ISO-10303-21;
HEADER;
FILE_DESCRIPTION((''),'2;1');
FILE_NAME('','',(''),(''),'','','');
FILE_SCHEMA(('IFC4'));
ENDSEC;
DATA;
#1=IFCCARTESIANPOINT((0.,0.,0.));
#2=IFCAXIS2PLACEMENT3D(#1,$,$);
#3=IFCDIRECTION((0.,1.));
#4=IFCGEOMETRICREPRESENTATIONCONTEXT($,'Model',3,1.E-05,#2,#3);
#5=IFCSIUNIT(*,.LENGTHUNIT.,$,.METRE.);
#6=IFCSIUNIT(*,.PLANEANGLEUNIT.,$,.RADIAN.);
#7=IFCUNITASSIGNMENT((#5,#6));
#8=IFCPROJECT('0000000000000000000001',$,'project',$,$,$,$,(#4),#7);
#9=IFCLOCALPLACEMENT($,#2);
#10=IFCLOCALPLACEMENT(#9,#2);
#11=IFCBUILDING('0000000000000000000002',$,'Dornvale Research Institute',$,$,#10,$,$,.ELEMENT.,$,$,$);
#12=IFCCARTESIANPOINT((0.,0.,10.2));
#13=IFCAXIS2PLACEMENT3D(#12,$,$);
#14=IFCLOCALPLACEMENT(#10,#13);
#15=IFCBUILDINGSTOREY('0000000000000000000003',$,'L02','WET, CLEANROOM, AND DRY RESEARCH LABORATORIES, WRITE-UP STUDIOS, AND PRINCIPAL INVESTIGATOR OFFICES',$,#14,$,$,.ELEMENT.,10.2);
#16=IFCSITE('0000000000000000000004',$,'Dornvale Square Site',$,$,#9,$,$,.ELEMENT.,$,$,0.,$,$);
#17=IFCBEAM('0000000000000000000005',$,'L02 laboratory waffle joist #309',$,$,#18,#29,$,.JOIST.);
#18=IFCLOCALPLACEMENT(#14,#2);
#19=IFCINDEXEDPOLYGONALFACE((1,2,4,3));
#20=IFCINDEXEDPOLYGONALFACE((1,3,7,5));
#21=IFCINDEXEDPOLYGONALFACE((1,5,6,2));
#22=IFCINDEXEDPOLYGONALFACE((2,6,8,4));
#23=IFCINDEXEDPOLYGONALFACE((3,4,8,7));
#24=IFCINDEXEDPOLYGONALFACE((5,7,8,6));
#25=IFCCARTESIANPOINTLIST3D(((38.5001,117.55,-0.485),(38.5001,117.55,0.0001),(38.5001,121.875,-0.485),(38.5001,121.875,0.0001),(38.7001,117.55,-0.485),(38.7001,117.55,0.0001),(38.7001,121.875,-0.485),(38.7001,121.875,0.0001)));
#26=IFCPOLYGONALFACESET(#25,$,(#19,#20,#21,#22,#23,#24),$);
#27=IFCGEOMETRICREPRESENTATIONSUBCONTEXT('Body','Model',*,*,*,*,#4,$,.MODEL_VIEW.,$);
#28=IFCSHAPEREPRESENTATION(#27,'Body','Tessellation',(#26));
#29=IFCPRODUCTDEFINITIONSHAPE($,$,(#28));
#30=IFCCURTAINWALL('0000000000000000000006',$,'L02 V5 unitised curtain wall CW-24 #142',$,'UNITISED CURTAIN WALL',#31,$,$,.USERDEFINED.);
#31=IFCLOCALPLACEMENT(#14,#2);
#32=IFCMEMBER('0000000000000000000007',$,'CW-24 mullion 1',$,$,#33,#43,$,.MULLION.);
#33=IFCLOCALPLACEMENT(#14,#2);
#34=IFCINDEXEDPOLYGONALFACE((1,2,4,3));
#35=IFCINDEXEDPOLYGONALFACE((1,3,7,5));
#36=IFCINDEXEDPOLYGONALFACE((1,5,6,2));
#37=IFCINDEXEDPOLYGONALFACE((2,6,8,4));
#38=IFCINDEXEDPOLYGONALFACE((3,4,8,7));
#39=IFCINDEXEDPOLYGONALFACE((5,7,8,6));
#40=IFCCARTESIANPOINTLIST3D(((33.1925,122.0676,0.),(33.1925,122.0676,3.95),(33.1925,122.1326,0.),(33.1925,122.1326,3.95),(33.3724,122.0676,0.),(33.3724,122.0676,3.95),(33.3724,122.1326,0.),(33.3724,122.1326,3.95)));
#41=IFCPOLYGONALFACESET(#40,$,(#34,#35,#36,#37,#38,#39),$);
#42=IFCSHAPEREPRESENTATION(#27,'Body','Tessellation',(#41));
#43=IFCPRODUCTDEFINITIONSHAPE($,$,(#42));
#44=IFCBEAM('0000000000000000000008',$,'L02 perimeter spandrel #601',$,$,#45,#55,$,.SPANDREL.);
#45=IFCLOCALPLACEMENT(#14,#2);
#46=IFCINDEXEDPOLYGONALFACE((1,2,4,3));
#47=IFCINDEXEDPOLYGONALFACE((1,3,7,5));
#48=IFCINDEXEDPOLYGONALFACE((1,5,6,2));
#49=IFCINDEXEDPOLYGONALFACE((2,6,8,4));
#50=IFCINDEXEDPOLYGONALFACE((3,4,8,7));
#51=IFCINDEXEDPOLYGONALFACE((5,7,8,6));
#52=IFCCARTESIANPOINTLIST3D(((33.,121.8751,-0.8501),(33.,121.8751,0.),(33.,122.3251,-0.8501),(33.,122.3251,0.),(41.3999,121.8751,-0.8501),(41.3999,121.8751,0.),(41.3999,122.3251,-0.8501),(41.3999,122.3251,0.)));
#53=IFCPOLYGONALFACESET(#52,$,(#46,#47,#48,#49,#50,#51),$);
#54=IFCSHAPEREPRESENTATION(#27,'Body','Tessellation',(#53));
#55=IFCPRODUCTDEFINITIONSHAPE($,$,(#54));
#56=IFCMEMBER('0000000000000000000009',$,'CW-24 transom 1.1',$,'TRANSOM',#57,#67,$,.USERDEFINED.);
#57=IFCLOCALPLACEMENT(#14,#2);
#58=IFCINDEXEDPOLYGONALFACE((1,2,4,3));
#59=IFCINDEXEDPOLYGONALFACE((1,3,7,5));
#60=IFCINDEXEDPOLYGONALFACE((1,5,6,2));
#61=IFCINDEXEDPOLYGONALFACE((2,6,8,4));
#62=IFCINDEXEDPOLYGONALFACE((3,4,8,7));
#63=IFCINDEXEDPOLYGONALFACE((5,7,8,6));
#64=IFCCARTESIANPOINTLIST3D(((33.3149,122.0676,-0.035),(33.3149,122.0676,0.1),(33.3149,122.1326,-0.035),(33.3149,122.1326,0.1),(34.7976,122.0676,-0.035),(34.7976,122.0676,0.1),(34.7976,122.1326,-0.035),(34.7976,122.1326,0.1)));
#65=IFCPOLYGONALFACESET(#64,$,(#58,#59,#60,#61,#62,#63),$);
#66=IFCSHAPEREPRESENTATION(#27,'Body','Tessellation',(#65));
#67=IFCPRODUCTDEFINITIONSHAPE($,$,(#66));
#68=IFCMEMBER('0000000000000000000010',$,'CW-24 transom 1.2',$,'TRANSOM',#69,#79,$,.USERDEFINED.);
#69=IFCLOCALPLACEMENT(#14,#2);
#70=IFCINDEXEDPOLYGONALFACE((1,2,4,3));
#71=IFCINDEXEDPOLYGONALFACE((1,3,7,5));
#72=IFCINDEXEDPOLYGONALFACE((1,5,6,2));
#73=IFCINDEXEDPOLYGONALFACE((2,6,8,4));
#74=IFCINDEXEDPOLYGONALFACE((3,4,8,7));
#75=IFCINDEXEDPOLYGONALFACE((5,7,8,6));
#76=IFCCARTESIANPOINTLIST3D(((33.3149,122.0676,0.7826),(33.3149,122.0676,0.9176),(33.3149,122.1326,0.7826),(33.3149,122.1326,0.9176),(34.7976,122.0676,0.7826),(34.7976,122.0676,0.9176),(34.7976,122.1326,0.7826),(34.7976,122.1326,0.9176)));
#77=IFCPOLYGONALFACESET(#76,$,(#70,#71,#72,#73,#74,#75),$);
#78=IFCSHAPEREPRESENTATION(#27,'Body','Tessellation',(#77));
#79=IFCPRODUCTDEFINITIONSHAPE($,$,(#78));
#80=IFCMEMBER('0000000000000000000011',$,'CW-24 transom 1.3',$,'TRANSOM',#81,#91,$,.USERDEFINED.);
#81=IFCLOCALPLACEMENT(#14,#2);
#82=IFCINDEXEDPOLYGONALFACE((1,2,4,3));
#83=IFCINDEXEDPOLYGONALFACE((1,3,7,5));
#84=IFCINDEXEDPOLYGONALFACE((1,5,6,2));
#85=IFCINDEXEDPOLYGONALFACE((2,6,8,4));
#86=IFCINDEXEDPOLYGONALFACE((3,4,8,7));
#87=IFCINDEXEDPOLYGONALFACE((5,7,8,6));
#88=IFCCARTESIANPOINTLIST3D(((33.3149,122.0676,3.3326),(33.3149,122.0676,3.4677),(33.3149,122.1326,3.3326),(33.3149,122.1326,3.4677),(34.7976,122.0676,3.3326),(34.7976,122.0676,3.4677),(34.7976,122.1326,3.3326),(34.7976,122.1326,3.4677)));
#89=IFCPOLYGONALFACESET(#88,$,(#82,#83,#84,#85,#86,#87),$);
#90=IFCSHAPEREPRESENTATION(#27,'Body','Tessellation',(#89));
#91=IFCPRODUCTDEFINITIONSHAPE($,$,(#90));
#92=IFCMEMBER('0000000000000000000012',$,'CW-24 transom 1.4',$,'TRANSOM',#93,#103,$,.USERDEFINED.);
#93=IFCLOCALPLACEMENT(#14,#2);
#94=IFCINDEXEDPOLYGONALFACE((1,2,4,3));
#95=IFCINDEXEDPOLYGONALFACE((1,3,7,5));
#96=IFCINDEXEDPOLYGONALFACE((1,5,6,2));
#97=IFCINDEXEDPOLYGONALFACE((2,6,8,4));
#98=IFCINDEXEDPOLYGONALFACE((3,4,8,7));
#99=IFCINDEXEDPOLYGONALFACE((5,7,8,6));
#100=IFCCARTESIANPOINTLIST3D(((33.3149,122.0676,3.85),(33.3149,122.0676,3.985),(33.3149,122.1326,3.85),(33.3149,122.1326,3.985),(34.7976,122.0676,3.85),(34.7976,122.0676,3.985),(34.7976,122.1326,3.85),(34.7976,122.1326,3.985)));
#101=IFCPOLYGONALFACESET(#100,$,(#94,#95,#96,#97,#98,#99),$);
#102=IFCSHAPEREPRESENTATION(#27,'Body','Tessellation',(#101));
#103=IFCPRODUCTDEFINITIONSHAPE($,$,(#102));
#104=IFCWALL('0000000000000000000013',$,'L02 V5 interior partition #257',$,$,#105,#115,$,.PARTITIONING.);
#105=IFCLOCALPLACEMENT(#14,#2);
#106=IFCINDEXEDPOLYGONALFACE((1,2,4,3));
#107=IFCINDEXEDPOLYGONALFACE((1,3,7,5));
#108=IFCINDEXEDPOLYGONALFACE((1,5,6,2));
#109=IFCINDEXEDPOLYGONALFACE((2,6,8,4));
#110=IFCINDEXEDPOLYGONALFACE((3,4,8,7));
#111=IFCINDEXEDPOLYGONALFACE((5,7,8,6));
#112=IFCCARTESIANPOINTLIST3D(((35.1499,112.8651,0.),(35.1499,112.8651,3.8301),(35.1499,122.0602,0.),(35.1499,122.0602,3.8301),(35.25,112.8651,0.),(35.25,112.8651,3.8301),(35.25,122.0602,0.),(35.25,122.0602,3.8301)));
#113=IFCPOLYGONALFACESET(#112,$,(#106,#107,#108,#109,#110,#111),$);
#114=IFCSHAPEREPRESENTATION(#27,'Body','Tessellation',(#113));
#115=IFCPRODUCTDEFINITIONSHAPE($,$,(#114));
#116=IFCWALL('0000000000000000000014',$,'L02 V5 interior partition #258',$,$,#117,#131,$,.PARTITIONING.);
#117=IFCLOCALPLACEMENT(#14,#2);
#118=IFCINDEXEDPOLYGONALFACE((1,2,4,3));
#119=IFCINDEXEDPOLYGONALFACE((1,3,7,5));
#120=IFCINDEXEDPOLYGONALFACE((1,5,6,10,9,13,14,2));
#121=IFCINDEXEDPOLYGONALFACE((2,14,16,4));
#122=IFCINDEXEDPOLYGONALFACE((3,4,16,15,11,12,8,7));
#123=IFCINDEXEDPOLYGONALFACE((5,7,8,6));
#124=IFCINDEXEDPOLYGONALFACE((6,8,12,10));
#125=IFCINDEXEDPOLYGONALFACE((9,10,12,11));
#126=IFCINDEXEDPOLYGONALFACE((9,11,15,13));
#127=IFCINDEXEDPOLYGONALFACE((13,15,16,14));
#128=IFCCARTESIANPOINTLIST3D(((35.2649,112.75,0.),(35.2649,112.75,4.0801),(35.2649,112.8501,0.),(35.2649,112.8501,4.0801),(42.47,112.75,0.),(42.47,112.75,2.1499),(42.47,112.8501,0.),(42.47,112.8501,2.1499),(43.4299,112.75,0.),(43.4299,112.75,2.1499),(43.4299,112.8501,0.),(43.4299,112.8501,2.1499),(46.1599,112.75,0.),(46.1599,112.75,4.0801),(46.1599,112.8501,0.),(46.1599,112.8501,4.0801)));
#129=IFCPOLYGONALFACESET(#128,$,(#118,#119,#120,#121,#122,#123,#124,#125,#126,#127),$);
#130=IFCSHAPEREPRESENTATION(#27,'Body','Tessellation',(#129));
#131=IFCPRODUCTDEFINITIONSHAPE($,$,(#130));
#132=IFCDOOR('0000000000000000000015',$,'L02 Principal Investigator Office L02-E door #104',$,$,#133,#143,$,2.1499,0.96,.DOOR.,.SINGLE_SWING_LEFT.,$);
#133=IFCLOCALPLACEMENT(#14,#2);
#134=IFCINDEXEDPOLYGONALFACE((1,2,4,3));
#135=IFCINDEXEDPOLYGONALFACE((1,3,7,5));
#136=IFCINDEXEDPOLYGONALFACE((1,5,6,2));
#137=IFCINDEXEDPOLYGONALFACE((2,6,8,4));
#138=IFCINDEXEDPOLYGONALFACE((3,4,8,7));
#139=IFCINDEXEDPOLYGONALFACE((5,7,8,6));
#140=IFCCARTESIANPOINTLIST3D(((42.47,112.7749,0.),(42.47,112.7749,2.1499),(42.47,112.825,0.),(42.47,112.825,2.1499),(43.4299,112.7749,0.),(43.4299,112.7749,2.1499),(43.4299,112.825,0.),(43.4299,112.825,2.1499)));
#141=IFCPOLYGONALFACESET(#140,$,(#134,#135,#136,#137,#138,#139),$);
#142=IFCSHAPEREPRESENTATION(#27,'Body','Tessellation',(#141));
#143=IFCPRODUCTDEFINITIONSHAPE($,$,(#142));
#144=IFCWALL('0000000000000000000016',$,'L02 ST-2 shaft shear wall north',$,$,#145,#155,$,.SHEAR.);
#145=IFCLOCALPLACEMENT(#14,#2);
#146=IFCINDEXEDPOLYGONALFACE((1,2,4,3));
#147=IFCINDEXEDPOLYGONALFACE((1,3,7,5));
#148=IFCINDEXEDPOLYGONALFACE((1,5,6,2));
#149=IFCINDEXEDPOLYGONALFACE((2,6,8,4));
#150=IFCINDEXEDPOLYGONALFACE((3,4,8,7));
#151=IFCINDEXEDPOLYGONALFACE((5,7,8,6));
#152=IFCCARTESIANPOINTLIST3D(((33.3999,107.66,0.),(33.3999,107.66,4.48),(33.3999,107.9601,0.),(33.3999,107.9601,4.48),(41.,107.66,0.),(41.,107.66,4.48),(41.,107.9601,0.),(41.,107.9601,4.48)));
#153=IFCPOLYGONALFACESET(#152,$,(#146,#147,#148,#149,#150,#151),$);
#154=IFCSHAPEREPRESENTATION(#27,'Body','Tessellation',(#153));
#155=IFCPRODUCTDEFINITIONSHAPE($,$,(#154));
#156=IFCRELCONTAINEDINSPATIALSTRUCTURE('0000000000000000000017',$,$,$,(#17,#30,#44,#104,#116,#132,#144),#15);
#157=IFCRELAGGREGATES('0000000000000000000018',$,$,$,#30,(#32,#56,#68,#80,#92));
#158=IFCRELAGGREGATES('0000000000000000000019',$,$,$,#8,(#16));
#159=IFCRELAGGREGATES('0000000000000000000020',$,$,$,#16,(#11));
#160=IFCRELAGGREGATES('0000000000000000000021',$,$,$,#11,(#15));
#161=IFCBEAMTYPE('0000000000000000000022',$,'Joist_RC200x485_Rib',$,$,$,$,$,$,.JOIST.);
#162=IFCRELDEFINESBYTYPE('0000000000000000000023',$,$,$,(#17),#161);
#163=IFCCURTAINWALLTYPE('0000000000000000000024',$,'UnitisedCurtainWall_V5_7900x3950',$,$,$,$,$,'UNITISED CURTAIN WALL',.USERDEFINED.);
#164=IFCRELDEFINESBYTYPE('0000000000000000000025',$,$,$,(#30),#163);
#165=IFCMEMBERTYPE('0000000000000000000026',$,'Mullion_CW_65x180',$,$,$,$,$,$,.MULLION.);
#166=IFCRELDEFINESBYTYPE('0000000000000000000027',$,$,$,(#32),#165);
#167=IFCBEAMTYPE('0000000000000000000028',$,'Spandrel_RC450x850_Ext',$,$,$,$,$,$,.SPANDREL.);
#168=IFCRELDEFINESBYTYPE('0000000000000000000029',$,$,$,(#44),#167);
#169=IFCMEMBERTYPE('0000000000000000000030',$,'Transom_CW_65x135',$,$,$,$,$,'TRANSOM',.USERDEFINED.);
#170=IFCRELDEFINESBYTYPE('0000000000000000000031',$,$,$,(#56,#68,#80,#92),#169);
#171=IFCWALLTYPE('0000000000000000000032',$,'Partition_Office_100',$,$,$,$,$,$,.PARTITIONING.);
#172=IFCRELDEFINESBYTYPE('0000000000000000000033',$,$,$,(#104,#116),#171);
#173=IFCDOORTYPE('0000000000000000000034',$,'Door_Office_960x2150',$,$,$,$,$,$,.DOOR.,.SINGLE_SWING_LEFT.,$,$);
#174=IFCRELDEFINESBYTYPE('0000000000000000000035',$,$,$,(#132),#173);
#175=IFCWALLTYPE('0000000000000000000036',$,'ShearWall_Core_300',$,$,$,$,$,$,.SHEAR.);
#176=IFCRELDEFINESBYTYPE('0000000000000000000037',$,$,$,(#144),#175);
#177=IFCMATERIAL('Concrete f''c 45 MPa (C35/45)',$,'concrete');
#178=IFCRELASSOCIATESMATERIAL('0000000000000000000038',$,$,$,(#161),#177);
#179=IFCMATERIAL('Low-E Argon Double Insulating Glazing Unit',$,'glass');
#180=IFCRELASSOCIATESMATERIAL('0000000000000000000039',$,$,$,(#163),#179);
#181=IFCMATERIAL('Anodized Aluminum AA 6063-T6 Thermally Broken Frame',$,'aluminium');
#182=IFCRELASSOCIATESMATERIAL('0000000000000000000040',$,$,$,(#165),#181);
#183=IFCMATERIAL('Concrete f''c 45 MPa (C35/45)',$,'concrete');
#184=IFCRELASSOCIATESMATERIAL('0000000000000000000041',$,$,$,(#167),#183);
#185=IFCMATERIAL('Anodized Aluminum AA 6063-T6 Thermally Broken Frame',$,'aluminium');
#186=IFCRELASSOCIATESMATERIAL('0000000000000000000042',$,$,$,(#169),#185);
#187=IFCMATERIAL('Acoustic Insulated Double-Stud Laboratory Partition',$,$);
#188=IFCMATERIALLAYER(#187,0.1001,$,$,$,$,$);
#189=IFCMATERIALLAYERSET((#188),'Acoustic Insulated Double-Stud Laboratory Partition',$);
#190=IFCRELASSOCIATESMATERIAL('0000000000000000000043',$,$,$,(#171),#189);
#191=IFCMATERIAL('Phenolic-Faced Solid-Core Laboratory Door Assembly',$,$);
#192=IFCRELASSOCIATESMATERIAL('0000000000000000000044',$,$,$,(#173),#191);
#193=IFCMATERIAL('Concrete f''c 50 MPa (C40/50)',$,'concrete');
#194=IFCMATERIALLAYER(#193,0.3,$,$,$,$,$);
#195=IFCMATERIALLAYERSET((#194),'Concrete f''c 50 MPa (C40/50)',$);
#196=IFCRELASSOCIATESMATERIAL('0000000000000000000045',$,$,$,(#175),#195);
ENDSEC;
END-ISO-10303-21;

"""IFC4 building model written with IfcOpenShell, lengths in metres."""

from ifc_helpers import new_model, si_unit, direction, frame, frame_2d, origin, origin_2d, place, context, subcontext, project, spatial, rectangle, extrude, material, layer, layer_set, material_profile, profile_set, type_object, element, fill, aggregate, save


model = new_model("IFC4")

# Units and contexts
model_context = context("Model", 3, precision=1e-05, world=origin(), true_north=direction((0.0, 1.0)))
body_context = subcontext(model_context, "Body", "Model", "MODEL_VIEW")
ifc_project = project(units=[si_unit("LENGTHUNIT", "METRE"), si_unit("PLANEANGLEUNIT", "RADIAN")], contexts=[model_context])

# Site, building, storey
site_placement = place(None, origin())
site = spatial("IfcSite", under=ifc_project, at=site_placement, Name="Dornvale Square Site", CompositionType="ELEMENT", RefElevation=0.0)
building_placement = place(site_placement, origin())
building = spatial("IfcBuilding", under=site, at=building_placement, Name="Dornvale Research Institute", CompositionType="ELEMENT")
storey_placement = place(building_placement, frame((0.0, 0.0, 10.2)))
storey = spatial("IfcBuildingStorey", under=building, at=storey_placement, Name="L02", Description="WET, CLEANROOM, AND DRY RESEARCH LABORATORIES, WRITE-UP STUDIOS, AND PRINCIPAL INVESTIGATOR OFFICES", CompositionType="ELEMENT", Elevation=10.2)

# Beam
ifc_material_1 = material(Name="Concrete f'c 45 MPa (C35/45)", Category="concrete")
ifc_material_profile_1 = material_profile(ifc_material_1, rectangle(XDim=0.2, YDim=0.4851, at=origin_2d()), Name="RC 200x485")
ifc_profile_set_1 = profile_set([ifc_material_profile_1], Name="Concrete f'c 45 MPa (C35/45)")
beam_type_1 = type_object("IfcBeamType", Name="Joist_RC200x485_Rib", PredefinedType="JOIST", material=ifc_profile_set_1)
for number, where, z_axis, x_axis, name in (
    (1, (38.6001, 117.55, -0.2424), (0.0, 1.0, 0.0), (-1.0, 0.0, 0.0), "L02 laboratory waffle joist #309"),
):
    element("IfcBeam", number, at=place(storey_placement, frame(where, z_axis=z_axis, x_axis=x_axis)), inside=storey, type_object=beam_type_1, Name=name, PredefinedType="JOIST", context=body_context, shape_type="SweptSolid", body=[
        extrude(rectangle(XDim=0.2, YDim=0.4851, at=origin_2d()), origin(), (0.0, 0.0, 1.0), 4.325),
    ])

# Curtain wall, member
ifc_material_2 = material(Name="Low-E Argon Double Insulating Glazing Unit", Category="glass")
curtain_wall_type = type_object("IfcCurtainWallType", Name="UnitisedCurtainWall_V5_7900x3950", ElementType="UNITISED CURTAIN WALL", PredefinedType="USERDEFINED", material=ifc_material_2)
curtain_wall_placement = place(storey_placement, origin())
curtain_wall = element("IfcCurtainWall", 2, at=curtain_wall_placement, inside=storey, type_object=curtain_wall_type, Name="L02 V5 unitised curtain wall CW-24 #142", ObjectType="UNITISED CURTAIN WALL", PredefinedType="USERDEFINED")
ifc_material_3 = material(Name="Anodized Aluminum AA 6063-T6 Thermally Broken Frame", Category="aluminium")
ifc_material_profile_2 = material_profile(ifc_material_3, rectangle(XDim=0.0649, YDim=0.1799, at=origin_2d()), Name="ALU MULLION 65x180")
ifc_profile_set_2 = profile_set([ifc_material_profile_2], Name="Anodized Aluminum AA 6063-T6 Thermally Broken Frame")
member_type_1 = type_object("IfcMemberType", Name="Mullion_CW_65x180", PredefinedType="MULLION", material=ifc_profile_set_2)
member_1_placement = place(storey_placement, frame((33.2825, 122.1001, 0.0), z_axis=(0.0, 0.0, 1.0), x_axis=(0.0, 1.0, 0.0)))
member_1 = element("IfcMember", 3, at=member_1_placement, type_object=member_type_1, Name="CW-24 mullion 1", PredefinedType="MULLION", context=body_context, shape_type="SweptSolid", body=[
    extrude(rectangle(XDim=0.0649, YDim=0.1799, at=origin_2d()), origin(), (0.0, 0.0, 1.0), 3.95),
])

# Beam
ifc_material_4 = material(Name="Concrete f'c 45 MPa (C35/45)", Category="concrete")
ifc_material_profile_3 = material_profile(ifc_material_4, rectangle(XDim=0.45, YDim=0.8501, at=origin_2d()), Name="RC 450x850")
ifc_profile_set_3 = profile_set([ifc_material_profile_3], Name="Concrete f'c 45 MPa (C35/45)")
beam_type_2 = type_object("IfcBeamType", Name="Spandrel_RC450x850_Ext", PredefinedType="SPANDREL", material=ifc_profile_set_3)
beam_1_placement = place(storey_placement, frame((33.0, 122.1001, -0.425), z_axis=(1.0, 0.0, 0.0), x_axis=(0.0, 1.0, 0.0)))
element("IfcBeam", 4, at=beam_1_placement, inside=storey, type_object=beam_type_2, Name="L02 perimeter spandrel #601", PredefinedType="SPANDREL", context=body_context, shape_type="SweptSolid", body=[
    extrude(rectangle(XDim=0.45, YDim=0.8501, at=origin_2d()), origin(), (0.0, 0.0, 1.0), 8.3999),
])

# Members
ifc_material_5 = material(Name="Anodized Aluminum AA 6063-T6 Thermally Broken Frame", Category="aluminium")
ifc_material_profile_4 = material_profile(ifc_material_5, rectangle(XDim=0.0649, YDim=0.135, at=origin_2d()), Name="ALU TRANSOM 65x135")
ifc_profile_set_4 = profile_set([ifc_material_profile_4], Name="Anodized Aluminum AA 6063-T6 Thermally Broken Frame")
member_type_2 = type_object("IfcMemberType", Name="Transom_CW_65x135", ElementType="TRANSOM", PredefinedType="USERDEFINED", material=ifc_profile_set_4)
member_2_placement = place(storey_placement, frame((33.3149, 122.1001, 0.0325), z_axis=(1.0, 0.0, 0.0), x_axis=(0.0, 1.0, 0.0)))
member_2 = element("IfcMember", 5, at=member_2_placement, type_object=member_type_2, Name="CW-24 transom 1.1", ObjectType="TRANSOM", PredefinedType="USERDEFINED", context=body_context, shape_type="SweptSolid", body=[
    extrude(rectangle(XDim=0.0649, YDim=0.135, at=origin_2d()), origin(), (0.0, 0.0, 1.0), 1.4827),
])
member_3_placement = place(storey_placement, frame((33.3149, 122.1001, 0.8501), z_axis=(1.0, 0.0, 0.0), x_axis=(0.0, 1.0, 0.0)))
member_3 = element("IfcMember", 6, at=member_3_placement, type_object=member_type_2, Name="CW-24 transom 1.2", ObjectType="TRANSOM", PredefinedType="USERDEFINED", context=body_context, shape_type="SweptSolid", body=[
    extrude(rectangle(XDim=0.0649, YDim=0.135, at=origin_2d()), origin(), (0.0, 0.0, 1.0), 1.4827),
])
member_4_placement = place(storey_placement, frame((33.3149, 122.1001, 3.4001), z_axis=(1.0, 0.0, 0.0), x_axis=(0.0, 1.0, 0.0)))
member_4 = element("IfcMember", 7, at=member_4_placement, type_object=member_type_2, Name="CW-24 transom 1.3", ObjectType="TRANSOM", PredefinedType="USERDEFINED", context=body_context, shape_type="SweptSolid", body=[
    extrude(rectangle(XDim=0.0649, YDim=0.135, at=origin_2d()), origin(), (0.0, 0.0, 1.0), 1.4827),
])
member_5_placement = place(storey_placement, frame((33.3149, 122.1001, 3.9175), z_axis=(1.0, 0.0, 0.0), x_axis=(0.0, 1.0, 0.0)))
member_5 = element("IfcMember", 8, at=member_5_placement, type_object=member_type_2, Name="CW-24 transom 1.4", ObjectType="TRANSOM", PredefinedType="USERDEFINED", context=body_context, shape_type="SweptSolid", body=[
    extrude(rectangle(XDim=0.0649, YDim=0.135, at=origin_2d()), origin(), (0.0, 0.0, 1.0), 1.4827),
])
aggregate(curtain_wall, [member_1, member_2, member_3, member_4, member_5])

# Wall
ifc_material_6 = material(Name="Acoustic Insulated Double-Stud Laboratory Partition")
ifc_layer_1 = layer(ifc_material_6, 0.1001)
ifc_layer_set_1 = layer_set([ifc_layer_1], Name="Acoustic Insulated Double-Stud Laboratory Partition")
wall_type_1 = type_object("IfcWallType", Name="Partition_Office_100", PredefinedType="PARTITIONING", material=ifc_layer_set_1)
wall_1_placement = place(storey_placement, frame((35.2, 112.865, 0.0), z_axis=(0.0, 0.0, 1.0), x_axis=(0.0, 1.0, 0.0)))
element("IfcWall", 9, at=wall_1_placement, inside=storey, type_object=wall_type_1, Name="L02 V5 interior partition #257", PredefinedType="PARTITIONING", context=body_context, shape_type="SweptSolid", body=[
    extrude(rectangle(XDim=9.1951, YDim=0.1001, at=frame_2d((4.5977, 0.0))), origin(), (0.0, 0.0, 1.0), 3.8301),
])

# Wall, opening, door
wall_2_placement = place(storey_placement, frame((35.2649, 112.8, 0.0), z_axis=(0.0, 0.0, 1.0), x_axis=(1.0, 0.0, 0.0)))
wall_2 = element("IfcWall", 10, at=wall_2_placement, inside=storey, type_object=wall_type_1, Name="L02 V5 interior partition #258", PredefinedType="PARTITIONING", context=body_context, shape_type="SweptSolid", body=[
    extrude(rectangle(XDim=10.895, YDim=0.1001, at=frame_2d((5.4475, 0.0))), origin(), (0.0, 0.0, 1.0), 4.0801),
])
opening_placement = place(wall_2_placement, frame((7.2051, 0.0, 0.0)))
opening = element("IfcOpeningElement", 11, at=opening_placement, cuts=wall_2, PredefinedType="OPENING", context=body_context, shape_type="SweptSolid", body=[
    extrude(rectangle(XDim=0.96, YDim=2.1499, at=frame_2d((0.48, 1.075))), frame((0.0, 0.0649, 0.0), z_axis=(0.0, -1.0, 0.0), x_axis=(1.0, 0.0, 0.0)), (0.0, 0.0, 1.0), 0.1301),
])
ifc_material_7 = material(Name="Phenolic-Faced Solid-Core Laboratory Door Assembly")
door_type = type_object("IfcDoorType", Name="Door_Office_960x2150", OperationType="SINGLE_SWING_LEFT", PredefinedType="DOOR", material=ifc_material_7)
door_placement = place(opening_placement, origin())
door = element("IfcDoor", 12, at=door_placement, inside=storey, type_object=door_type, Name="L02 Principal Investigator Office L02-E door #104", OperationType="SINGLE_SWING_LEFT", OverallHeight=2.1499, OverallWidth=0.96, PredefinedType="DOOR", context=body_context, shape_type="SweptSolid", body=[
    extrude(rectangle(XDim=0.96, YDim=2.1499, at=frame_2d((0.48, 1.075))), frame((0.0, 0.0249, 0.0), z_axis=(0.0, -1.0, 0.0), x_axis=(1.0, 0.0, 0.0)), (0.0, 0.0, 1.0), 0.05),
])
fill(opening, door)

# Wall
ifc_material_8 = material(Name="Concrete f'c 50 MPa (C40/50)", Category="concrete")
ifc_layer_2 = layer(ifc_material_8, 0.3)
ifc_layer_set_2 = layer_set([ifc_layer_2], Name="Concrete f'c 50 MPa (C40/50)")
wall_type_2 = type_object("IfcWallType", Name="ShearWall_Core_300", PredefinedType="SHEAR", material=ifc_layer_set_2)
wall_3_placement = place(storey_placement, frame((33.3999, 107.8101, 0.0), z_axis=(0.0, 0.0, 1.0), x_axis=(1.0, 0.0, 0.0)))
element("IfcWall", 13, at=wall_3_placement, inside=storey, type_object=wall_type_2, Name="L02 ST-2 shaft shear wall north", PredefinedType="SHEAR", context=body_context, shape_type="SweptSolid", body=[
    extrude(rectangle(XDim=7.6001, YDim=0.3, at=frame_2d((3.8, 0.0))), origin(), (0.0, 0.0, 1.0), 4.48),
])

save(model, "model.ifc")
